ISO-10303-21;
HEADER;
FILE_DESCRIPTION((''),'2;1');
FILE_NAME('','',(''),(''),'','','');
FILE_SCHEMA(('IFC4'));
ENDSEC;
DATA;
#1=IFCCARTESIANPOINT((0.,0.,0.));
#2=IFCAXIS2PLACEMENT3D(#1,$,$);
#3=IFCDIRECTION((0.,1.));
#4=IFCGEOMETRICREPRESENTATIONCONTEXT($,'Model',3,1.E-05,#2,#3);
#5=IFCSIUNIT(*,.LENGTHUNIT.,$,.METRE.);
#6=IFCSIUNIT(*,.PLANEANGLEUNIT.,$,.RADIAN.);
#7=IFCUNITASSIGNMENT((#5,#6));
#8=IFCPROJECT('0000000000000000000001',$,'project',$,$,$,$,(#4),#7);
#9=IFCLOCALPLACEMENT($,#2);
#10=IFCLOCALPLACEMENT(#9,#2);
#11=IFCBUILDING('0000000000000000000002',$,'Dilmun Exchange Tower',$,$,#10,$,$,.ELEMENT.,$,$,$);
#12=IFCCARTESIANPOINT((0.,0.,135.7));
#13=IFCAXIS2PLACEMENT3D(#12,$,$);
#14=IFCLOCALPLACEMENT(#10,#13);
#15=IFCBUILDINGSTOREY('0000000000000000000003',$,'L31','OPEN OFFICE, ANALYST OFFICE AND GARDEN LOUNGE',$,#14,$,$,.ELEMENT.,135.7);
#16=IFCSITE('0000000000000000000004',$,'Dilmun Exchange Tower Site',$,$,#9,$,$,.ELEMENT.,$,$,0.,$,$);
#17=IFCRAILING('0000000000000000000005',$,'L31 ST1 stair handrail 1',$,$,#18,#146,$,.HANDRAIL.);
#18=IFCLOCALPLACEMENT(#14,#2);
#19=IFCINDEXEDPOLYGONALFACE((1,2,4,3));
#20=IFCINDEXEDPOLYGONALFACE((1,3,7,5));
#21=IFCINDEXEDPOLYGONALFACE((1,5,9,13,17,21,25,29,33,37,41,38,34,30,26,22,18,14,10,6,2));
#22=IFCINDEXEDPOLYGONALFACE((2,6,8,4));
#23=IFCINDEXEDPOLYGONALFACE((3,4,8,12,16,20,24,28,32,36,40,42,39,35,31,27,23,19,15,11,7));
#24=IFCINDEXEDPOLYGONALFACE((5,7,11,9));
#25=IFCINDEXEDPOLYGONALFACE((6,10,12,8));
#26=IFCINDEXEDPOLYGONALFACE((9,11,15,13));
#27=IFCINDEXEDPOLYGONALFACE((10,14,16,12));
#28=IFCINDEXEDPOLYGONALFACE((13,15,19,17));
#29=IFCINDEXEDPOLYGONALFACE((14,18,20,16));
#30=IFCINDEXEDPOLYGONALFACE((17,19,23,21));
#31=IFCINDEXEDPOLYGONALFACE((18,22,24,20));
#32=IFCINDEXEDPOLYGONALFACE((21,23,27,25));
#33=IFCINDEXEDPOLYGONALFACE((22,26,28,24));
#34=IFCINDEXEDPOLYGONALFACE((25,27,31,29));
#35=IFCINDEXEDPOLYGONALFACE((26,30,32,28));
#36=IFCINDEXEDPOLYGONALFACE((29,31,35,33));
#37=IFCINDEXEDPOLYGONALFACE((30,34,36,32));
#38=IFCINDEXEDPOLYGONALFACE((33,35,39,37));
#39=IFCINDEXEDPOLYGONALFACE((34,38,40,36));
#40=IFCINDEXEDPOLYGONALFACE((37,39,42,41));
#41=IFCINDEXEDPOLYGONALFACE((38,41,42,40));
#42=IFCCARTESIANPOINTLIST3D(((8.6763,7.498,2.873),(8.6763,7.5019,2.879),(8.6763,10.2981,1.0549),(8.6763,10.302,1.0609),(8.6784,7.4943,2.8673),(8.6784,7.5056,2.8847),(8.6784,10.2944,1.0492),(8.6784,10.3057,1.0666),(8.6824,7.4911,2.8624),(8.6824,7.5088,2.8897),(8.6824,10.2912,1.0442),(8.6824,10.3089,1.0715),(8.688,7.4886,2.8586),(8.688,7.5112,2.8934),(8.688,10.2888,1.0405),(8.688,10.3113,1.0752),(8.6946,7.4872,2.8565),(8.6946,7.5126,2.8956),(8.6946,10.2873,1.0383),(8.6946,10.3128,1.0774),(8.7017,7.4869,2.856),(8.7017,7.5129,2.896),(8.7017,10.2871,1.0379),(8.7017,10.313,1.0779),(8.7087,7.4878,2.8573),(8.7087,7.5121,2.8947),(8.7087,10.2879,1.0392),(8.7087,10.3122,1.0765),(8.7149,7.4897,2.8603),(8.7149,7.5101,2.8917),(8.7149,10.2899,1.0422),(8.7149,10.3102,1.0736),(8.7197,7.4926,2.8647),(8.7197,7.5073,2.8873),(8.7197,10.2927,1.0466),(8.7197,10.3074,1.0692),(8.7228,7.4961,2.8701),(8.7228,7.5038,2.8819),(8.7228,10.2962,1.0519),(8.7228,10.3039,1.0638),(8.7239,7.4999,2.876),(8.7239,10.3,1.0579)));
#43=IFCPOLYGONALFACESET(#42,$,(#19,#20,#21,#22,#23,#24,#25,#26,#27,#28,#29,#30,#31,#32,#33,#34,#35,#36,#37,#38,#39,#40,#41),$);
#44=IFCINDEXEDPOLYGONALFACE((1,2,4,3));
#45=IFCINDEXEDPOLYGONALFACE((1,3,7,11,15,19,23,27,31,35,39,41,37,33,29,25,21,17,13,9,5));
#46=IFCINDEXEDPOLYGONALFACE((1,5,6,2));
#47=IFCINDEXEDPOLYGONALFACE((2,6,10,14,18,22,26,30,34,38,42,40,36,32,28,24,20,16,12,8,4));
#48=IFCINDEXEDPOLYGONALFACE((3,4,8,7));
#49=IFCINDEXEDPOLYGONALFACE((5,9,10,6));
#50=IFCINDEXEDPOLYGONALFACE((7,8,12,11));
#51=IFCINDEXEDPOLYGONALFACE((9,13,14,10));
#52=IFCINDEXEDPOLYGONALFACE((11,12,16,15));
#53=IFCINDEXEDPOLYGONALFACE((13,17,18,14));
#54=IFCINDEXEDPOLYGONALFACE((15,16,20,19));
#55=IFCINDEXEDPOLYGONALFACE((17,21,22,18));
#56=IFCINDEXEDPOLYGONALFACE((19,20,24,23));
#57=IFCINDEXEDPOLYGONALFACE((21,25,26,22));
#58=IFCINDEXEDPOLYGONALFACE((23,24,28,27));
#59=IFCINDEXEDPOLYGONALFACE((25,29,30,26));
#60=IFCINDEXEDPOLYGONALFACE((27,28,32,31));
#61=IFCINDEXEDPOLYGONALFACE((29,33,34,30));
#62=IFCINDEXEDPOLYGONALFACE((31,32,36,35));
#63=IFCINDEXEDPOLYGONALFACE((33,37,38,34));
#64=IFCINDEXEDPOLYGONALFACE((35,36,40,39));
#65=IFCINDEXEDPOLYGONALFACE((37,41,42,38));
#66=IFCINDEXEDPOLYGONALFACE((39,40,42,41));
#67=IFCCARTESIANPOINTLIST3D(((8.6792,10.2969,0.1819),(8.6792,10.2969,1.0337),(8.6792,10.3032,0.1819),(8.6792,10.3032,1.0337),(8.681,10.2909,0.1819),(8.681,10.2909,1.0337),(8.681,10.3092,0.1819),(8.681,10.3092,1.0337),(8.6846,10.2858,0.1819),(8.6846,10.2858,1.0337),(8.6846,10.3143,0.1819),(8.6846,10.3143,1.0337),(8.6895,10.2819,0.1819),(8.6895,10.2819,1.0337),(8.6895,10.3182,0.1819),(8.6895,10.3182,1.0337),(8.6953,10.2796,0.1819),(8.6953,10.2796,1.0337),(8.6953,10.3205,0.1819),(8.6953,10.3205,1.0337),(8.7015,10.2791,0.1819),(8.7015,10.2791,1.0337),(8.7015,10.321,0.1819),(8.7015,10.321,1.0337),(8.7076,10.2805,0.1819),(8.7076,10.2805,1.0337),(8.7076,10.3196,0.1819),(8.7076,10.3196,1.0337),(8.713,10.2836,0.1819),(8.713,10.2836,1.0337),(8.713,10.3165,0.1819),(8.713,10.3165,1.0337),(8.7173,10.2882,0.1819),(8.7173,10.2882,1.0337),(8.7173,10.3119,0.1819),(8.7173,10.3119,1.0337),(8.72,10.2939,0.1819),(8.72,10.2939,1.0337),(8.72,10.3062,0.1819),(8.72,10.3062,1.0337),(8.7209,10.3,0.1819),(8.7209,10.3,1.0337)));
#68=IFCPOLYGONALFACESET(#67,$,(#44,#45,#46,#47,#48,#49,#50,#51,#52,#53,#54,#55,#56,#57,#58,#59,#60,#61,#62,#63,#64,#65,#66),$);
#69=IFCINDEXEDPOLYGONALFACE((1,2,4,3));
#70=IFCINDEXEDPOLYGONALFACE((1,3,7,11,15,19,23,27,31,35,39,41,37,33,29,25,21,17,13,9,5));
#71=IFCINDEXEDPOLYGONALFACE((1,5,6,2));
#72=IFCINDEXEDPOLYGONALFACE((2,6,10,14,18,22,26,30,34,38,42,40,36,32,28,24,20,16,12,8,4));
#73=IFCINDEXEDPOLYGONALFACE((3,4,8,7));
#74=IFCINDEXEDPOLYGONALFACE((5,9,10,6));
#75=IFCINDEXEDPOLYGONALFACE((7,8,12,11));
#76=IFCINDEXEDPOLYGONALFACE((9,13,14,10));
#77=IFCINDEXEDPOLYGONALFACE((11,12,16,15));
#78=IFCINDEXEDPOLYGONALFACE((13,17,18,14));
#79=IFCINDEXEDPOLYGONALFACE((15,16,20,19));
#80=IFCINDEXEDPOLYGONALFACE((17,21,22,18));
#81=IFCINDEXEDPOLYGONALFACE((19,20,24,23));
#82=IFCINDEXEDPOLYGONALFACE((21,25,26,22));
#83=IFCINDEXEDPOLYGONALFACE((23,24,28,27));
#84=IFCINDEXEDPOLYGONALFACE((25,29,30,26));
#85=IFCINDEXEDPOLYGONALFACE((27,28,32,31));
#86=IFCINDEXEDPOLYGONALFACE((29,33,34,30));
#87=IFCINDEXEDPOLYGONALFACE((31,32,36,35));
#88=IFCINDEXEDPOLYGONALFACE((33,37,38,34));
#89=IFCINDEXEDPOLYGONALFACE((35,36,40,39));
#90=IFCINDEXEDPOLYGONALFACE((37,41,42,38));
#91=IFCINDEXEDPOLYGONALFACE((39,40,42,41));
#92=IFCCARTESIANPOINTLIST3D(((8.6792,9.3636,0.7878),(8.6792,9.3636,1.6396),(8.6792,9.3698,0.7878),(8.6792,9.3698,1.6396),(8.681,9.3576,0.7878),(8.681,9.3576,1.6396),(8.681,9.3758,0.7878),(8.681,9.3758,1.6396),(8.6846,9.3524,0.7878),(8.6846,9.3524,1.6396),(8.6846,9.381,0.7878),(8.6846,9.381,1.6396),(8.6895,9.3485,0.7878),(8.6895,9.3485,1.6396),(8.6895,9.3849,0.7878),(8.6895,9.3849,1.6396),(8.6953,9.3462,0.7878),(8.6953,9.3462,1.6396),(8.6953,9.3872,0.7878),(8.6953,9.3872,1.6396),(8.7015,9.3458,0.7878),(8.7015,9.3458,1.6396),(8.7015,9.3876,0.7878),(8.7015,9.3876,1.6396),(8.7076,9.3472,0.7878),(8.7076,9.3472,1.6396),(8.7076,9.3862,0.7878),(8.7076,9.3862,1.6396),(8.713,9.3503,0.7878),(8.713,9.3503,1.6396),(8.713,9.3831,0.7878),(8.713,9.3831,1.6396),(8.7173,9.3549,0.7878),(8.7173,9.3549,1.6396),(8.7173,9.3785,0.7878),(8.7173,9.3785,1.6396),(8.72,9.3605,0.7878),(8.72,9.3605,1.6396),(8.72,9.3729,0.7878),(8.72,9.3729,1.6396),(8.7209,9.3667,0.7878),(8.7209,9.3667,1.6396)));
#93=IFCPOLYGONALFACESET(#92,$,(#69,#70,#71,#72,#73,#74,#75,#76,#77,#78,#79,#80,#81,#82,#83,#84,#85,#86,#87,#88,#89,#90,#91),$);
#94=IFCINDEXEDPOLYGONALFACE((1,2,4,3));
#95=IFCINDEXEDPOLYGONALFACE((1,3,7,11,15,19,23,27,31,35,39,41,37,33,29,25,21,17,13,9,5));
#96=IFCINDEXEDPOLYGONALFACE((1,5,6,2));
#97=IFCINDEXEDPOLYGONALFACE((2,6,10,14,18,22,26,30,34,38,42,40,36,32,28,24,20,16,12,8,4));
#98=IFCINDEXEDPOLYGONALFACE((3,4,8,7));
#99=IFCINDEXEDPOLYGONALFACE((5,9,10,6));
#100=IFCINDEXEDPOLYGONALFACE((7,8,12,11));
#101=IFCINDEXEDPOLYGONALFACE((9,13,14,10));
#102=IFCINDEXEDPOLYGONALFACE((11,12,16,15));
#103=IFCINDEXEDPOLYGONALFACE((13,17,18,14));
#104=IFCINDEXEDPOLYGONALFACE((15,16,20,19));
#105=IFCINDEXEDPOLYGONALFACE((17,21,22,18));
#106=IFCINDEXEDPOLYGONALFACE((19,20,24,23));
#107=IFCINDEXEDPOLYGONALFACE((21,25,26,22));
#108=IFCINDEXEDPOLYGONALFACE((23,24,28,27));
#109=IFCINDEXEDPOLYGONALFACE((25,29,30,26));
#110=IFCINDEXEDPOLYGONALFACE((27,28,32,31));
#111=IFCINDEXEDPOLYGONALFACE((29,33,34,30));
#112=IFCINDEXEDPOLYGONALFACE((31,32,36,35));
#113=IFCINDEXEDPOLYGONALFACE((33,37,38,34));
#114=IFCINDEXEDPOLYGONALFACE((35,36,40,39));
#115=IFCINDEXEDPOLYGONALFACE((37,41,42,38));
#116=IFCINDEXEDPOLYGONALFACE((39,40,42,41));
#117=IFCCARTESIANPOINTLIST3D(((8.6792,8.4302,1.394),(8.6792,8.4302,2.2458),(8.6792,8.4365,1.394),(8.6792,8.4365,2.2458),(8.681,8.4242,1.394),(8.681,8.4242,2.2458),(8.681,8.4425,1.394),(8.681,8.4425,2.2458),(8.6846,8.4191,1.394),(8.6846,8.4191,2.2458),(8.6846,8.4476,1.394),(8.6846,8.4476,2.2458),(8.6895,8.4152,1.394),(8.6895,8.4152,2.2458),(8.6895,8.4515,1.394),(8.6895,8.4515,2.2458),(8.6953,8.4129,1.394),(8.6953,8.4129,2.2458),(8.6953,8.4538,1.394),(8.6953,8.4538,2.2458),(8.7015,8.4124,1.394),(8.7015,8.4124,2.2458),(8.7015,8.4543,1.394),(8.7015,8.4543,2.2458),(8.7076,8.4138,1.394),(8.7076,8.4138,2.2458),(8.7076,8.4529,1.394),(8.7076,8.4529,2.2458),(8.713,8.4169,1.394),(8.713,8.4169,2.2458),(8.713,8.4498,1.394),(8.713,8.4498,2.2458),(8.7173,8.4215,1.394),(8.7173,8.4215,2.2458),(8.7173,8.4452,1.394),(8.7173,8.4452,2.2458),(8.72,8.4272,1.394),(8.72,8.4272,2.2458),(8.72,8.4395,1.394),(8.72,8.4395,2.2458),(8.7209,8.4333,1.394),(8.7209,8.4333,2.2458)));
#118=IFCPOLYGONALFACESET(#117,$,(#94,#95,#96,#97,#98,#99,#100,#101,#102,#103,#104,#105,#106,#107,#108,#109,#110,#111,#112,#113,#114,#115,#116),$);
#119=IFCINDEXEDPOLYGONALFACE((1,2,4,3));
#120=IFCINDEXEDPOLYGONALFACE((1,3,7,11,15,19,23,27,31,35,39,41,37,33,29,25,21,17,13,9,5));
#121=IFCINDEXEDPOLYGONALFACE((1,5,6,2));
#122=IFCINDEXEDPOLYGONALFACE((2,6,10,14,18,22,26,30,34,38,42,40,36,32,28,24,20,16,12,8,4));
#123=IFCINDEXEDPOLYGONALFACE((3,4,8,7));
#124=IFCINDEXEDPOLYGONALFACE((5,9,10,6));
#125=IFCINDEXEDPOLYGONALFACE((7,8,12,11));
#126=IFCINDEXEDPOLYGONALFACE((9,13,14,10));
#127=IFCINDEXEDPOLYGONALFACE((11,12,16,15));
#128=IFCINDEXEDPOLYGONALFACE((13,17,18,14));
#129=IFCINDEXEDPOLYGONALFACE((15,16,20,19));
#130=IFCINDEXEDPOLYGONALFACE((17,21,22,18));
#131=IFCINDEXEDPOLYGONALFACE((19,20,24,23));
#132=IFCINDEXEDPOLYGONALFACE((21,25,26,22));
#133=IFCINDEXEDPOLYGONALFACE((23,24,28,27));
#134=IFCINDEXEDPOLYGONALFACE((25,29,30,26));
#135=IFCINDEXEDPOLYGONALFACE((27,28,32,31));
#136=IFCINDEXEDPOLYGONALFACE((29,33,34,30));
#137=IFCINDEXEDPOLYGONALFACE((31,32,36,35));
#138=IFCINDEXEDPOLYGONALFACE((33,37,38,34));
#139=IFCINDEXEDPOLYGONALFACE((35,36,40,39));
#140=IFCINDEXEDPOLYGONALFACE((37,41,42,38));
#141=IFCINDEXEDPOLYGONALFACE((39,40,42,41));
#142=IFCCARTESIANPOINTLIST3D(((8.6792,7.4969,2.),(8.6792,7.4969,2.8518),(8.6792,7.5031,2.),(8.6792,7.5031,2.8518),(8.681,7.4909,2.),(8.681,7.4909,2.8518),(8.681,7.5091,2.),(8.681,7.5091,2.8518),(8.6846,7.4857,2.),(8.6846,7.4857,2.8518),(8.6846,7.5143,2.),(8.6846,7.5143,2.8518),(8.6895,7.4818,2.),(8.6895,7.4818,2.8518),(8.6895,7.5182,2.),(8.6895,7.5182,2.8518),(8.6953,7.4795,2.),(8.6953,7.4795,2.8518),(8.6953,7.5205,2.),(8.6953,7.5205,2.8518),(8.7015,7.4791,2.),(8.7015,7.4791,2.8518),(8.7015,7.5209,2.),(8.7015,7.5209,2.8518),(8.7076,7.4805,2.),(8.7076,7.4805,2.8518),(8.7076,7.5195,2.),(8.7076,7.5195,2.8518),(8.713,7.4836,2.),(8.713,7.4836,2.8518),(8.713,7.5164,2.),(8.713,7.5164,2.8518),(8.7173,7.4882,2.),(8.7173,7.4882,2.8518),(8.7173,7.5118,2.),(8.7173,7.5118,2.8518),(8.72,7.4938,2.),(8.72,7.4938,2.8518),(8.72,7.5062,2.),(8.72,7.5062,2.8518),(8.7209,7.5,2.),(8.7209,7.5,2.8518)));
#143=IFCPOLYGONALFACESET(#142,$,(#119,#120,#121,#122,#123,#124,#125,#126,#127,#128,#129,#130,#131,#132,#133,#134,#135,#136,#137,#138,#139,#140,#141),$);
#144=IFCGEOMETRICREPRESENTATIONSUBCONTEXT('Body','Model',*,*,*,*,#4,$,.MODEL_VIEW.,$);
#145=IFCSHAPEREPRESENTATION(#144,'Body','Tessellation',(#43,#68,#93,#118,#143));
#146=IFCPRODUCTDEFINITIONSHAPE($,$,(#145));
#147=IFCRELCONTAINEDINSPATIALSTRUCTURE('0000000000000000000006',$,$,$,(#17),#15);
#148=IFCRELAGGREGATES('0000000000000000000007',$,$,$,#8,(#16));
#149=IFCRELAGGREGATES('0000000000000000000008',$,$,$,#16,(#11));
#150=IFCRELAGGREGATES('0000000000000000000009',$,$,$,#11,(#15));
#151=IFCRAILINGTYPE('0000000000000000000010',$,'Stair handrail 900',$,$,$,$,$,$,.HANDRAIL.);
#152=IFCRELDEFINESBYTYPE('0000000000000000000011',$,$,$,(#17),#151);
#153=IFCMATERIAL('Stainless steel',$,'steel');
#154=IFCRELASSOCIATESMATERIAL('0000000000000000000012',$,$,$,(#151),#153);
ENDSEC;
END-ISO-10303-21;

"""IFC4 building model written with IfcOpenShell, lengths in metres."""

from ifc_helpers import new_model, si_unit, direction, frame, origin, origin_2d, place, context, subcontext, project, spatial, circle, extrude, material, type_object, element, save


model = new_model("IFC4")

# Units and contexts
model_context = context("Model", 3, precision=1e-05, world=origin(), true_north=direction((0.0, 1.0)))
body_context = subcontext(model_context, "Body", "Model", "MODEL_VIEW")
ifc_project = project(units=[si_unit("LENGTHUNIT", "METRE"), si_unit("PLANEANGLEUNIT", "RADIAN")], contexts=[model_context])

# Site, building, storey
site_placement = place(None, origin())
site = spatial("IfcSite", under=ifc_project, at=site_placement, Name="Dilmun Exchange Tower Site", CompositionType="ELEMENT", RefElevation=0.0)
building_placement = place(site_placement, origin())
building = spatial("IfcBuilding", under=site, at=building_placement, Name="Dilmun Exchange Tower", CompositionType="ELEMENT")
storey_placement = place(building_placement, frame((0.0, 0.0, 135.7)))
storey = spatial("IfcBuildingStorey", under=building, at=storey_placement, Name="L31", Description="OPEN OFFICE, ANALYST OFFICE AND GARDEN LOUNGE", CompositionType="ELEMENT", Elevation=135.7)

# Railing
ifc_material_1 = material(Name="Stainless steel", Category="steel")
railing_type = type_object("IfcRailingType", Name="Stair handrail 900", PredefinedType="HANDRAIL", material=ifc_material_1)
railing_1_placement = place(storey_placement, frame((8.7, 10.3, 0.1819)))
element("IfcRailing", 1, at=railing_1_placement, inside=storey, type_object=railing_type, Name="L31 ST1 stair handrail 1", PredefinedType="HANDRAIL", context=body_context, shape_type="SweptSolid", body=[
    extrude(circle(Radius=0.0239, at=origin_2d()), frame((0.0, 0.0, 0.876), z_axis=(0.0, -0.838706, 0.544585), x_axis=(1.0, 0.0, 0.0)), (0.0, 0.0, 1.0), 3.3386),
    extrude(circle(Radius=0.021, at=origin_2d()), origin(), (0.0, 0.0, 1.0), 0.8518),
    extrude(circle(Radius=0.021, at=origin_2d()), frame((0.0, -0.9333, 0.606)), (0.0, 0.0, 1.0), 0.8518),
    extrude(circle(Radius=0.021, at=origin_2d()), frame((0.0, -1.8667, 1.2122)), (0.0, 0.0, 1.0), 0.8518),
    extrude(circle(Radius=0.021, at=origin_2d()), frame((0.0, -2.8, 1.8181)), (0.0, 0.0, 1.0), 0.8518),
])

save(model, "model.ifc")
